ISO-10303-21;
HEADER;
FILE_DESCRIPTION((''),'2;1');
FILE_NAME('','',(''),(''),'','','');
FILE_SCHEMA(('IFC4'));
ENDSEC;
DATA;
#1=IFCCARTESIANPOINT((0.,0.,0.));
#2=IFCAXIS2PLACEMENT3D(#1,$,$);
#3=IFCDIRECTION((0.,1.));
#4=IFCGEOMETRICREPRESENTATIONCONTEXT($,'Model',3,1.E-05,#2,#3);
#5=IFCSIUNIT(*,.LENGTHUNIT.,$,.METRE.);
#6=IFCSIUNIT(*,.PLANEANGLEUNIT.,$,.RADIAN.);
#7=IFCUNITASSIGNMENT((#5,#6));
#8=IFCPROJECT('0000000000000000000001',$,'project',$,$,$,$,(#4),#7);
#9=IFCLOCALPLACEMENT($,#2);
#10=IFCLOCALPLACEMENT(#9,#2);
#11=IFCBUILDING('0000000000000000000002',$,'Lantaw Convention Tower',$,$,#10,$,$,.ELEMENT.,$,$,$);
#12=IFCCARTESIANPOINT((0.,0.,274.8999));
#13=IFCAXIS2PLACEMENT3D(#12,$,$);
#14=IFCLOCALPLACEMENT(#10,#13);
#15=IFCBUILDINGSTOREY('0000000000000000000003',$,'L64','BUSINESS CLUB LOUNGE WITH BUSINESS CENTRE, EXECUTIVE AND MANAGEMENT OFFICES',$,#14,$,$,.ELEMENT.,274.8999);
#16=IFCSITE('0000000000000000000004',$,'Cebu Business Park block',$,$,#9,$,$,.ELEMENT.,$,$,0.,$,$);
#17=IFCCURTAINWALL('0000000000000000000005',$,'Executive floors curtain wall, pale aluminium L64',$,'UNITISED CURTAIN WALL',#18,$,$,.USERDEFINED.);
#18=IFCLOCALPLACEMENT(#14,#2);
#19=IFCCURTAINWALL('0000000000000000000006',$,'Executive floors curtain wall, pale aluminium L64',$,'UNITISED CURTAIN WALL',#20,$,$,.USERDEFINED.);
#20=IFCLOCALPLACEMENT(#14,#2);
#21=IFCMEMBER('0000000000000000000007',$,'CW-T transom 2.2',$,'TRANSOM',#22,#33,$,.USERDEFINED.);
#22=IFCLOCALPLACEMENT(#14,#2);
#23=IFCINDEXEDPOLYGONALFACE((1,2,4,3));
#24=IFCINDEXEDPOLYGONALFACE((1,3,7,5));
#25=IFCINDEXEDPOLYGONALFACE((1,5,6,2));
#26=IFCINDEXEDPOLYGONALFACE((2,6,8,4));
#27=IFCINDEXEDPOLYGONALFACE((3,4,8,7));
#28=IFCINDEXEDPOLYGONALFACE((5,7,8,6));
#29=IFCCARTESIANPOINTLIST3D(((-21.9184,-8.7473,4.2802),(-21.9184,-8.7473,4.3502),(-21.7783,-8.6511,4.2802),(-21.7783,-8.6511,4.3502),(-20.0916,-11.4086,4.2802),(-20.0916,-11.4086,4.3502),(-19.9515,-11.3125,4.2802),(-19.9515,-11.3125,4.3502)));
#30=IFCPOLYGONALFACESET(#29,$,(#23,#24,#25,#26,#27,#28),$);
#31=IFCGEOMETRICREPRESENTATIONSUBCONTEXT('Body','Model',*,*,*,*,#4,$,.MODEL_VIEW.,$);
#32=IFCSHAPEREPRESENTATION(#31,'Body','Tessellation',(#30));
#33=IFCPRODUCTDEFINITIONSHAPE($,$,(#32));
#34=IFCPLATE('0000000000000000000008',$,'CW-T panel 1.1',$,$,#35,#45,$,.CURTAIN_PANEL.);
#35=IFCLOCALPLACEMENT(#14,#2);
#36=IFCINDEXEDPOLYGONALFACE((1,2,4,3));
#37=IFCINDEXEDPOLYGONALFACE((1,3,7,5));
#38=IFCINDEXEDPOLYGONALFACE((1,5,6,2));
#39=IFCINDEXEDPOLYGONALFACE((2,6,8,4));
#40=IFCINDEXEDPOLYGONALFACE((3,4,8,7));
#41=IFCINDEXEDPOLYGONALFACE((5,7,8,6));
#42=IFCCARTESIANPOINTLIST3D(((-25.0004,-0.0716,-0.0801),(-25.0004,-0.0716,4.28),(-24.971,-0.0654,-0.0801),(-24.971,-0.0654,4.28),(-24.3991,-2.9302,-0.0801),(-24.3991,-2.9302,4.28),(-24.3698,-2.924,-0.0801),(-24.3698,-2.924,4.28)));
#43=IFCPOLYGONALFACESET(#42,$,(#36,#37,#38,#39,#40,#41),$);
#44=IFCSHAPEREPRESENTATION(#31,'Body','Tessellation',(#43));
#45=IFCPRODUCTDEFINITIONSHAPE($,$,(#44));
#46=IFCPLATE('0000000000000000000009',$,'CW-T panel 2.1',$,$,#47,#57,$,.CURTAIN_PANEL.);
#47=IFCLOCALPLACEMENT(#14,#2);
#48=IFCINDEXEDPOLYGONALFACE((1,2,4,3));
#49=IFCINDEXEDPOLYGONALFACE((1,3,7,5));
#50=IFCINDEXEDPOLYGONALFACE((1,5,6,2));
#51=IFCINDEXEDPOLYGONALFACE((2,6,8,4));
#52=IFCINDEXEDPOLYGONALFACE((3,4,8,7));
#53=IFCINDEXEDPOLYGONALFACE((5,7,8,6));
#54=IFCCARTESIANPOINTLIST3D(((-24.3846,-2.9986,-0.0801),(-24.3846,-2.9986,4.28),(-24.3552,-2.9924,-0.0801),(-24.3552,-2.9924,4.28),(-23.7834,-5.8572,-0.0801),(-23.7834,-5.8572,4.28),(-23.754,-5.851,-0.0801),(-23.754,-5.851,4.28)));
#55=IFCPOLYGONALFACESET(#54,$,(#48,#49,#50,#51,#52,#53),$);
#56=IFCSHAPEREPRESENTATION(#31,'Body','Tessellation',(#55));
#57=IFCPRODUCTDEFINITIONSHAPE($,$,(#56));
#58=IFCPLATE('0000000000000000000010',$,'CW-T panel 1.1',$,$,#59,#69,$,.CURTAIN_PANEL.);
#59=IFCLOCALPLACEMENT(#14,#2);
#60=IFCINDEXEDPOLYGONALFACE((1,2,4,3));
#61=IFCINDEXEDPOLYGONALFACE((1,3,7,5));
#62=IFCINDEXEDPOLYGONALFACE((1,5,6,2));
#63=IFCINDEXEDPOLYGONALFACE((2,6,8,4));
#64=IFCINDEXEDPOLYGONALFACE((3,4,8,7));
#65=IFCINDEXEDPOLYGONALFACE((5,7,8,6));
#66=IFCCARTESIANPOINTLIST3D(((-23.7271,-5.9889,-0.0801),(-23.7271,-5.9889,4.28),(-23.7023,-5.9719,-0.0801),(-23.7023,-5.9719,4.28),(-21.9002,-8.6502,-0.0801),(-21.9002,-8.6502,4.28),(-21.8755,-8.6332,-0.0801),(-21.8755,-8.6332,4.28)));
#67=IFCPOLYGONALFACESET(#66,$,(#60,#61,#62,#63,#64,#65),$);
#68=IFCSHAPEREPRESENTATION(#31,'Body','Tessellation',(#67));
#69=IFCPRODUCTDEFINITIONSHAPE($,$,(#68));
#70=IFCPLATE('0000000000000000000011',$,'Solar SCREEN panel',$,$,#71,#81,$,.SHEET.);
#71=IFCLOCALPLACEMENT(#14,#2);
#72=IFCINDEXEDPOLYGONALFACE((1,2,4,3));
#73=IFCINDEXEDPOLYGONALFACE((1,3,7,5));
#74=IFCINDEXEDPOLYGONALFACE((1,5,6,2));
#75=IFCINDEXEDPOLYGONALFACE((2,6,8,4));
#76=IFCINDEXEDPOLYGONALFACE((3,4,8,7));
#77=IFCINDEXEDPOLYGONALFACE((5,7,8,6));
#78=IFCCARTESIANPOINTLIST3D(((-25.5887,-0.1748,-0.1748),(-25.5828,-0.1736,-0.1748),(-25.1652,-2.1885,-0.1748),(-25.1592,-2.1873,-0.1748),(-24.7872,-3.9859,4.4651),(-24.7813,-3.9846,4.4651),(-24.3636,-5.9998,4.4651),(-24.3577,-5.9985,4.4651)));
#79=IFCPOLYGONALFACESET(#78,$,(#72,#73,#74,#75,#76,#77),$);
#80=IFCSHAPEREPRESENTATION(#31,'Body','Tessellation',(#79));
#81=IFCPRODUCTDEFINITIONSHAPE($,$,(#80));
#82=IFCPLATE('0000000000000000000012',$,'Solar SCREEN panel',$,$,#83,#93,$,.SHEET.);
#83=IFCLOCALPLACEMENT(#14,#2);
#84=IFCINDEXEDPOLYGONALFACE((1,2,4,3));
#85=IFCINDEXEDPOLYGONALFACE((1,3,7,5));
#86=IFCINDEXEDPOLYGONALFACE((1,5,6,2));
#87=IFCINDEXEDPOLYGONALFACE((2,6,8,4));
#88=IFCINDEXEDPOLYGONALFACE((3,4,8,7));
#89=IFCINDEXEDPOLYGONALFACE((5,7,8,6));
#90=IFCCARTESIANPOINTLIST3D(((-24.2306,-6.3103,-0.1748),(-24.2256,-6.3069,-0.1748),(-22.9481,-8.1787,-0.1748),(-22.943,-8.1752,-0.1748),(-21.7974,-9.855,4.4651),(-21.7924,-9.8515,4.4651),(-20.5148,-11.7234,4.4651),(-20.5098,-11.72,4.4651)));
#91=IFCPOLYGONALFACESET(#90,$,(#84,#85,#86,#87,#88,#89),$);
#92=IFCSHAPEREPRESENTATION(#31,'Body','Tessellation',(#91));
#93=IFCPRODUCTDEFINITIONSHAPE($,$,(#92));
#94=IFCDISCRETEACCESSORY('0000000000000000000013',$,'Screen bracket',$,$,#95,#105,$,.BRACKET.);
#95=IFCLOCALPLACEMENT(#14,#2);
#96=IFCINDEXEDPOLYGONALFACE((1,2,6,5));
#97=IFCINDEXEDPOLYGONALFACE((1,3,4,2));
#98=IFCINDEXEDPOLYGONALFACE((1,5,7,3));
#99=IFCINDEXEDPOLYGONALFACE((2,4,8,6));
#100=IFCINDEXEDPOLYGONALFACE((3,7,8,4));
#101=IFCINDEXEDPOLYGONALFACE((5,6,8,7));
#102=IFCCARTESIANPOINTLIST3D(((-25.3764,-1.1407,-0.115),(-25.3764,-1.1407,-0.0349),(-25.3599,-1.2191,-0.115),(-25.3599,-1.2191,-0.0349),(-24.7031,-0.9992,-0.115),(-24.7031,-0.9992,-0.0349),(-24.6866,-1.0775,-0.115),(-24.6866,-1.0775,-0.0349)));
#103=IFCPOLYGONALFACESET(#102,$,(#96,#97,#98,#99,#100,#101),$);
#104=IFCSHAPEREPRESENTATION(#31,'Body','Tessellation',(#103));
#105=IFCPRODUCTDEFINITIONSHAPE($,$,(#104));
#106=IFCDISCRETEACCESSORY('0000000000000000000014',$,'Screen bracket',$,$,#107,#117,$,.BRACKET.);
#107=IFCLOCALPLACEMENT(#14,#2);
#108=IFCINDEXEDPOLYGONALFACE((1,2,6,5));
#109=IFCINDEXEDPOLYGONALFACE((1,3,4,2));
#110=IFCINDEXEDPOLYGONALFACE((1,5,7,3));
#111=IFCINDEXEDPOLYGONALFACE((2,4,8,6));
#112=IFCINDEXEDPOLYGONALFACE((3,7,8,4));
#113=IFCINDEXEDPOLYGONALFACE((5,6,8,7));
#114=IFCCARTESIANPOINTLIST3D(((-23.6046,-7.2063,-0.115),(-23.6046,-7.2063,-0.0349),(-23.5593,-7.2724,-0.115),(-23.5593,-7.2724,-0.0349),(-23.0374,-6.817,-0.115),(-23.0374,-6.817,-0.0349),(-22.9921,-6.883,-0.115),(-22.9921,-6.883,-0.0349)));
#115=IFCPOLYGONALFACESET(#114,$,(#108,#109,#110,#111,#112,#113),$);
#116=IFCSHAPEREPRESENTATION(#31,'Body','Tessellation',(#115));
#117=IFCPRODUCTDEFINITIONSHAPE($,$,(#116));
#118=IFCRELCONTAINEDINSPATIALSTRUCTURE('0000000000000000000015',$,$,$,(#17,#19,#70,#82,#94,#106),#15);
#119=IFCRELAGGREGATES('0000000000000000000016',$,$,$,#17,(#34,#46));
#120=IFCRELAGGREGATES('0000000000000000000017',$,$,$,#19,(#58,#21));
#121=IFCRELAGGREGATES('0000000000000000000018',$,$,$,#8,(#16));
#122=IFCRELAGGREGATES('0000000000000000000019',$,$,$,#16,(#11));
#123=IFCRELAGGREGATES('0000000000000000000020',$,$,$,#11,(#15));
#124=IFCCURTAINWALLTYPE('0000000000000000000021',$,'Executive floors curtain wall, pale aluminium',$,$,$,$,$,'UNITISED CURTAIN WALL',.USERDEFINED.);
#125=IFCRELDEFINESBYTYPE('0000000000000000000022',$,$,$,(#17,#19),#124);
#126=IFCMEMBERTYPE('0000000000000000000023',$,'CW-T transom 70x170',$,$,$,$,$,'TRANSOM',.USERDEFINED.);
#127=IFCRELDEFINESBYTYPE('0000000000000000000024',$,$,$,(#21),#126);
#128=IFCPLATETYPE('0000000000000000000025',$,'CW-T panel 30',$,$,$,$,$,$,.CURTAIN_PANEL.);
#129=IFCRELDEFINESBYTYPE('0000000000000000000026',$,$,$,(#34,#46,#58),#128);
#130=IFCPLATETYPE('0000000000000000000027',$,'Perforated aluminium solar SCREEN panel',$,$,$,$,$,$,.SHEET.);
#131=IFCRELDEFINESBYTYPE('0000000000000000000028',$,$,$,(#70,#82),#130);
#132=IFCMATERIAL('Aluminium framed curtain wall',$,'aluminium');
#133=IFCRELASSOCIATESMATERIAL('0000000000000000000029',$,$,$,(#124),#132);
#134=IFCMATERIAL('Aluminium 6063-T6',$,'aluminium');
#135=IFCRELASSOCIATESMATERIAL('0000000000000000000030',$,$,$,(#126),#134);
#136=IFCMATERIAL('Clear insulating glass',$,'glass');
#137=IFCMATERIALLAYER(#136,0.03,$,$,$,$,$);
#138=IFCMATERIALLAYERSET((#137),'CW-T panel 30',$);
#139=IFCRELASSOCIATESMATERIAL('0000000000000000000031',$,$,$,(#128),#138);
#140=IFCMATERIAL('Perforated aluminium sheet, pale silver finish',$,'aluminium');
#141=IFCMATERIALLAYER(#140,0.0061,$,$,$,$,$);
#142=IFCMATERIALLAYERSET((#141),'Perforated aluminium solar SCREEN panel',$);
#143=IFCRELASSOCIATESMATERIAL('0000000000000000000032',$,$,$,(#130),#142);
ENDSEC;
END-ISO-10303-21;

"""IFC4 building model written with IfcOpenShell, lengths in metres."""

from ifc_helpers import new_model, si_unit, direction, frame, origin, origin_2d, place, context, subcontext, project, spatial, polyline, rectangle, outline, extrude, material, layer, layer_set, material_profile, profile_set, type_object, element, aggregate, save


model = new_model("IFC4")

# Units and contexts
model_context = context("Model", 3, precision=1e-05, world=origin(), true_north=direction((0.0, 1.0)))
body_context = subcontext(model_context, "Body", "Model", "MODEL_VIEW")
ifc_project = project(units=[si_unit("LENGTHUNIT", "METRE"), si_unit("PLANEANGLEUNIT", "RADIAN")], contexts=[model_context])

# Site, building, storey
site_placement = place(None, origin())
site = spatial("IfcSite", under=ifc_project, at=site_placement, Name="Cebu Business Park block", CompositionType="ELEMENT", RefElevation=0.0)
building_placement = place(site_placement, origin())
building = spatial("IfcBuilding", under=site, at=building_placement, Name="Lantaw Convention Tower", CompositionType="ELEMENT")
storey_placement = place(building_placement, frame((0.0, 0.0, 274.8999)))
storey = spatial("IfcBuildingStorey", under=building, at=storey_placement, Name="L64", Description="BUSINESS CLUB LOUNGE WITH BUSINESS CENTRE, EXECUTIVE AND MANAGEMENT OFFICES", CompositionType="ELEMENT", Elevation=274.8999)

# Curtain walls
ifc_material_1 = material(Name="Aluminium framed curtain wall", Category="aluminium")
curtain_wall_type = type_object("IfcCurtainWallType", Name="Executive floors curtain wall, pale aluminium", ElementType="UNITISED CURTAIN WALL", PredefinedType="USERDEFINED", material=ifc_material_1)
curtain_wall_1_placement = place(storey_placement, origin())
curtain_wall_1 = element("IfcCurtainWall", 1, at=curtain_wall_1_placement, inside=storey, type_object=curtain_wall_type, Name="Executive floors curtain wall, pale aluminium L64", ObjectType="UNITISED CURTAIN WALL", PredefinedType="USERDEFINED")
ifc_material_2 = material(Name="Aluminium 6063-T6", Category="aluminium")
curtain_wall_2_placement = place(storey_placement, origin())
curtain_wall_2 = element("IfcCurtainWall", 2, at=curtain_wall_2_placement, inside=storey, type_object=curtain_wall_type, Name="Executive floors curtain wall, pale aluminium L64", ObjectType="UNITISED CURTAIN WALL", PredefinedType="USERDEFINED")

# Member
ifc_material_profile_1 = material_profile(ifc_material_2, rectangle(XDim=0.1699, YDim=0.0701, at=origin_2d()), Name="CW-T transom 70x170")
ifc_profile_set_1 = profile_set([ifc_material_profile_1], Name="Aluminium 6063-T6")
member_type_1 = type_object("IfcMemberType", Name="CW-T transom 70x170", ElementType="TRANSOM", PredefinedType="USERDEFINED", material=ifc_profile_set_1)
member_1_placement = place(storey_placement, frame((-21.8484, -8.6992, 4.3152), z_axis=(0.565941, -0.824446, 0.0), x_axis=(0.824446, 0.565941, 0.0)))
member_1 = element("IfcMember", 3, at=member_1_placement, type_object=member_type_1, Name="CW-T transom 2.2", ObjectType="TRANSOM", PredefinedType="USERDEFINED", context=body_context, shape_type="SweptSolid", body=[
    extrude(rectangle(XDim=0.1699, YDim=0.0701, at=origin_2d()), origin(), (0.0, 0.0, 1.0), 3.228),
])

# Plates
ifc_material_3 = material(Name="Clear insulating glass", Category="glass")
ifc_layer_1 = layer(ifc_material_3, 0.03)
ifc_layer_set_1 = layer_set([ifc_layer_1], Name="CW-T panel 30")
plate_type_1 = type_object("IfcPlateType", Name="CW-T panel 30", PredefinedType="CURTAIN_PANEL", material=ifc_layer_set_1)
plate_1_placement = place(storey_placement, frame((-24.6851, -1.4978, -0.0801), z_axis=(0.0, 0.0, 1.0), x_axis=(0.205814, -0.978591, 0.0)))
plate_1 = element("IfcPlate", 4, at=plate_1_placement, type_object=plate_type_1, Name="CW-T panel 1.1", PredefinedType="CURTAIN_PANEL", context=body_context, shape_type="SweptSolid", body=[
    extrude(rectangle(XDim=2.9211, YDim=0.03, at=origin_2d()), origin(), (0.0, 0.0, 1.0), 4.3601),
])
plate_2_placement = place(storey_placement, frame((-24.0693, -4.4248, -0.0801), z_axis=(0.0, 0.0, 1.0), x_axis=(0.205814, -0.978591, 0.0)))
plate_2 = element("IfcPlate", 5, at=plate_2_placement, type_object=plate_type_1, Name="CW-T panel 2.1", PredefinedType="CURTAIN_PANEL", context=body_context, shape_type="SweptSolid", body=[
    extrude(rectangle(XDim=2.9211, YDim=0.03, at=origin_2d()), origin(), (0.0, 0.0, 1.0), 4.3601),
])
aggregate(curtain_wall_1, [plate_1, plate_2])
plate_3_placement = place(storey_placement, frame((-22.8013, -7.311, -0.0801), z_axis=(0.0, 0.0, 1.0), x_axis=(0.565935, -0.82445, 0.0)))
plate_3 = element("IfcPlate", 6, at=plate_3_placement, type_object=plate_type_1, Name="CW-T panel 1.1", PredefinedType="CURTAIN_PANEL", context=body_context, shape_type="SweptSolid", body=[
    extrude(rectangle(XDim=3.228, YDim=0.03, at=origin_2d()), origin(), (0.0, 0.0, 1.0), 4.3601),
])
aggregate(curtain_wall_2, [plate_3, member_1])

# Plates
ifc_material_4 = material(Name="Perforated aluminium sheet, pale silver finish", Category="aluminium")
ifc_layer_2 = layer(ifc_material_4, 0.0061)
ifc_layer_set_2 = layer_set([ifc_layer_2], Name="Perforated aluminium solar SCREEN panel")
plate_type_2 = type_object("IfcPlateType", Name="Perforated aluminium solar SCREEN panel", PredefinedType="SHEET", material=ifc_layer_set_2)
plate_4_placement = place(storey_placement, frame((-25.5828, -0.1736, -0.1748), z_axis=(0.978586, 0.205837, 0.000027), x_axis=(0.205837, -0.978586, 0.0)))
element("IfcPlate", 7, at=plate_4_placement, inside=storey, type_object=plate_type_2, Name="Solar SCREEN panel", PredefinedType="SHEET", context=body_context, shape_type="SweptSolid", body=[
    extrude(outline(polyline([(0.0, 0.0), (2.0577, 0.0), (5.9524, -4.6399), (3.8944, -4.6399), (0.0, 0.0)])), origin(), (0.0, 0.0, -1.0), 0.0061),
])
plate_5_placement = place(storey_placement, frame((-24.2256, -6.3069, -0.1748), z_axis=(0.824441, 0.565948, 0.000011), x_axis=(0.565948, -0.824441, 0.0)))
element("IfcPlate", 8, at=plate_5_placement, inside=storey, type_object=plate_type_2, Name="Solar SCREEN panel", PredefinedType="SHEET", context=body_context, shape_type="SweptSolid", body=[
    extrude(outline(polyline([(0.0, 0.0), (2.2662, 0.0), (6.5657, -4.6399), (4.2994, -4.6399), (0.0, 0.0)])), origin(), (0.0, 0.0, -1.0), 0.0061),
])

# Discrete accessories
for number, where, z_axis, x_axis, name in (
    (9, (-25.0315, -1.1091, -0.115), (0.0, 0.0, 1.0), (0.205814, -0.978591, 0.0), "Screen bracket"),
    (10, (-23.2983, -7.0447, -0.115), (0.0, 0.0, 1.0), (0.565935, -0.82445, 0.0), "Screen bracket"),
):
    element("IfcDiscreteAccessory", number, at=place(storey_placement, frame(where, z_axis=z_axis, x_axis=x_axis)), inside=storey, Name=name, PredefinedType="BRACKET", context=body_context, shape_type="SweptSolid", body=[
        extrude(rectangle(XDim=0.0801, YDim=0.688, at=origin_2d()), origin(), (0.0, 0.0, 1.0), 0.0801),
    ])

save(model, "model.ifc")
